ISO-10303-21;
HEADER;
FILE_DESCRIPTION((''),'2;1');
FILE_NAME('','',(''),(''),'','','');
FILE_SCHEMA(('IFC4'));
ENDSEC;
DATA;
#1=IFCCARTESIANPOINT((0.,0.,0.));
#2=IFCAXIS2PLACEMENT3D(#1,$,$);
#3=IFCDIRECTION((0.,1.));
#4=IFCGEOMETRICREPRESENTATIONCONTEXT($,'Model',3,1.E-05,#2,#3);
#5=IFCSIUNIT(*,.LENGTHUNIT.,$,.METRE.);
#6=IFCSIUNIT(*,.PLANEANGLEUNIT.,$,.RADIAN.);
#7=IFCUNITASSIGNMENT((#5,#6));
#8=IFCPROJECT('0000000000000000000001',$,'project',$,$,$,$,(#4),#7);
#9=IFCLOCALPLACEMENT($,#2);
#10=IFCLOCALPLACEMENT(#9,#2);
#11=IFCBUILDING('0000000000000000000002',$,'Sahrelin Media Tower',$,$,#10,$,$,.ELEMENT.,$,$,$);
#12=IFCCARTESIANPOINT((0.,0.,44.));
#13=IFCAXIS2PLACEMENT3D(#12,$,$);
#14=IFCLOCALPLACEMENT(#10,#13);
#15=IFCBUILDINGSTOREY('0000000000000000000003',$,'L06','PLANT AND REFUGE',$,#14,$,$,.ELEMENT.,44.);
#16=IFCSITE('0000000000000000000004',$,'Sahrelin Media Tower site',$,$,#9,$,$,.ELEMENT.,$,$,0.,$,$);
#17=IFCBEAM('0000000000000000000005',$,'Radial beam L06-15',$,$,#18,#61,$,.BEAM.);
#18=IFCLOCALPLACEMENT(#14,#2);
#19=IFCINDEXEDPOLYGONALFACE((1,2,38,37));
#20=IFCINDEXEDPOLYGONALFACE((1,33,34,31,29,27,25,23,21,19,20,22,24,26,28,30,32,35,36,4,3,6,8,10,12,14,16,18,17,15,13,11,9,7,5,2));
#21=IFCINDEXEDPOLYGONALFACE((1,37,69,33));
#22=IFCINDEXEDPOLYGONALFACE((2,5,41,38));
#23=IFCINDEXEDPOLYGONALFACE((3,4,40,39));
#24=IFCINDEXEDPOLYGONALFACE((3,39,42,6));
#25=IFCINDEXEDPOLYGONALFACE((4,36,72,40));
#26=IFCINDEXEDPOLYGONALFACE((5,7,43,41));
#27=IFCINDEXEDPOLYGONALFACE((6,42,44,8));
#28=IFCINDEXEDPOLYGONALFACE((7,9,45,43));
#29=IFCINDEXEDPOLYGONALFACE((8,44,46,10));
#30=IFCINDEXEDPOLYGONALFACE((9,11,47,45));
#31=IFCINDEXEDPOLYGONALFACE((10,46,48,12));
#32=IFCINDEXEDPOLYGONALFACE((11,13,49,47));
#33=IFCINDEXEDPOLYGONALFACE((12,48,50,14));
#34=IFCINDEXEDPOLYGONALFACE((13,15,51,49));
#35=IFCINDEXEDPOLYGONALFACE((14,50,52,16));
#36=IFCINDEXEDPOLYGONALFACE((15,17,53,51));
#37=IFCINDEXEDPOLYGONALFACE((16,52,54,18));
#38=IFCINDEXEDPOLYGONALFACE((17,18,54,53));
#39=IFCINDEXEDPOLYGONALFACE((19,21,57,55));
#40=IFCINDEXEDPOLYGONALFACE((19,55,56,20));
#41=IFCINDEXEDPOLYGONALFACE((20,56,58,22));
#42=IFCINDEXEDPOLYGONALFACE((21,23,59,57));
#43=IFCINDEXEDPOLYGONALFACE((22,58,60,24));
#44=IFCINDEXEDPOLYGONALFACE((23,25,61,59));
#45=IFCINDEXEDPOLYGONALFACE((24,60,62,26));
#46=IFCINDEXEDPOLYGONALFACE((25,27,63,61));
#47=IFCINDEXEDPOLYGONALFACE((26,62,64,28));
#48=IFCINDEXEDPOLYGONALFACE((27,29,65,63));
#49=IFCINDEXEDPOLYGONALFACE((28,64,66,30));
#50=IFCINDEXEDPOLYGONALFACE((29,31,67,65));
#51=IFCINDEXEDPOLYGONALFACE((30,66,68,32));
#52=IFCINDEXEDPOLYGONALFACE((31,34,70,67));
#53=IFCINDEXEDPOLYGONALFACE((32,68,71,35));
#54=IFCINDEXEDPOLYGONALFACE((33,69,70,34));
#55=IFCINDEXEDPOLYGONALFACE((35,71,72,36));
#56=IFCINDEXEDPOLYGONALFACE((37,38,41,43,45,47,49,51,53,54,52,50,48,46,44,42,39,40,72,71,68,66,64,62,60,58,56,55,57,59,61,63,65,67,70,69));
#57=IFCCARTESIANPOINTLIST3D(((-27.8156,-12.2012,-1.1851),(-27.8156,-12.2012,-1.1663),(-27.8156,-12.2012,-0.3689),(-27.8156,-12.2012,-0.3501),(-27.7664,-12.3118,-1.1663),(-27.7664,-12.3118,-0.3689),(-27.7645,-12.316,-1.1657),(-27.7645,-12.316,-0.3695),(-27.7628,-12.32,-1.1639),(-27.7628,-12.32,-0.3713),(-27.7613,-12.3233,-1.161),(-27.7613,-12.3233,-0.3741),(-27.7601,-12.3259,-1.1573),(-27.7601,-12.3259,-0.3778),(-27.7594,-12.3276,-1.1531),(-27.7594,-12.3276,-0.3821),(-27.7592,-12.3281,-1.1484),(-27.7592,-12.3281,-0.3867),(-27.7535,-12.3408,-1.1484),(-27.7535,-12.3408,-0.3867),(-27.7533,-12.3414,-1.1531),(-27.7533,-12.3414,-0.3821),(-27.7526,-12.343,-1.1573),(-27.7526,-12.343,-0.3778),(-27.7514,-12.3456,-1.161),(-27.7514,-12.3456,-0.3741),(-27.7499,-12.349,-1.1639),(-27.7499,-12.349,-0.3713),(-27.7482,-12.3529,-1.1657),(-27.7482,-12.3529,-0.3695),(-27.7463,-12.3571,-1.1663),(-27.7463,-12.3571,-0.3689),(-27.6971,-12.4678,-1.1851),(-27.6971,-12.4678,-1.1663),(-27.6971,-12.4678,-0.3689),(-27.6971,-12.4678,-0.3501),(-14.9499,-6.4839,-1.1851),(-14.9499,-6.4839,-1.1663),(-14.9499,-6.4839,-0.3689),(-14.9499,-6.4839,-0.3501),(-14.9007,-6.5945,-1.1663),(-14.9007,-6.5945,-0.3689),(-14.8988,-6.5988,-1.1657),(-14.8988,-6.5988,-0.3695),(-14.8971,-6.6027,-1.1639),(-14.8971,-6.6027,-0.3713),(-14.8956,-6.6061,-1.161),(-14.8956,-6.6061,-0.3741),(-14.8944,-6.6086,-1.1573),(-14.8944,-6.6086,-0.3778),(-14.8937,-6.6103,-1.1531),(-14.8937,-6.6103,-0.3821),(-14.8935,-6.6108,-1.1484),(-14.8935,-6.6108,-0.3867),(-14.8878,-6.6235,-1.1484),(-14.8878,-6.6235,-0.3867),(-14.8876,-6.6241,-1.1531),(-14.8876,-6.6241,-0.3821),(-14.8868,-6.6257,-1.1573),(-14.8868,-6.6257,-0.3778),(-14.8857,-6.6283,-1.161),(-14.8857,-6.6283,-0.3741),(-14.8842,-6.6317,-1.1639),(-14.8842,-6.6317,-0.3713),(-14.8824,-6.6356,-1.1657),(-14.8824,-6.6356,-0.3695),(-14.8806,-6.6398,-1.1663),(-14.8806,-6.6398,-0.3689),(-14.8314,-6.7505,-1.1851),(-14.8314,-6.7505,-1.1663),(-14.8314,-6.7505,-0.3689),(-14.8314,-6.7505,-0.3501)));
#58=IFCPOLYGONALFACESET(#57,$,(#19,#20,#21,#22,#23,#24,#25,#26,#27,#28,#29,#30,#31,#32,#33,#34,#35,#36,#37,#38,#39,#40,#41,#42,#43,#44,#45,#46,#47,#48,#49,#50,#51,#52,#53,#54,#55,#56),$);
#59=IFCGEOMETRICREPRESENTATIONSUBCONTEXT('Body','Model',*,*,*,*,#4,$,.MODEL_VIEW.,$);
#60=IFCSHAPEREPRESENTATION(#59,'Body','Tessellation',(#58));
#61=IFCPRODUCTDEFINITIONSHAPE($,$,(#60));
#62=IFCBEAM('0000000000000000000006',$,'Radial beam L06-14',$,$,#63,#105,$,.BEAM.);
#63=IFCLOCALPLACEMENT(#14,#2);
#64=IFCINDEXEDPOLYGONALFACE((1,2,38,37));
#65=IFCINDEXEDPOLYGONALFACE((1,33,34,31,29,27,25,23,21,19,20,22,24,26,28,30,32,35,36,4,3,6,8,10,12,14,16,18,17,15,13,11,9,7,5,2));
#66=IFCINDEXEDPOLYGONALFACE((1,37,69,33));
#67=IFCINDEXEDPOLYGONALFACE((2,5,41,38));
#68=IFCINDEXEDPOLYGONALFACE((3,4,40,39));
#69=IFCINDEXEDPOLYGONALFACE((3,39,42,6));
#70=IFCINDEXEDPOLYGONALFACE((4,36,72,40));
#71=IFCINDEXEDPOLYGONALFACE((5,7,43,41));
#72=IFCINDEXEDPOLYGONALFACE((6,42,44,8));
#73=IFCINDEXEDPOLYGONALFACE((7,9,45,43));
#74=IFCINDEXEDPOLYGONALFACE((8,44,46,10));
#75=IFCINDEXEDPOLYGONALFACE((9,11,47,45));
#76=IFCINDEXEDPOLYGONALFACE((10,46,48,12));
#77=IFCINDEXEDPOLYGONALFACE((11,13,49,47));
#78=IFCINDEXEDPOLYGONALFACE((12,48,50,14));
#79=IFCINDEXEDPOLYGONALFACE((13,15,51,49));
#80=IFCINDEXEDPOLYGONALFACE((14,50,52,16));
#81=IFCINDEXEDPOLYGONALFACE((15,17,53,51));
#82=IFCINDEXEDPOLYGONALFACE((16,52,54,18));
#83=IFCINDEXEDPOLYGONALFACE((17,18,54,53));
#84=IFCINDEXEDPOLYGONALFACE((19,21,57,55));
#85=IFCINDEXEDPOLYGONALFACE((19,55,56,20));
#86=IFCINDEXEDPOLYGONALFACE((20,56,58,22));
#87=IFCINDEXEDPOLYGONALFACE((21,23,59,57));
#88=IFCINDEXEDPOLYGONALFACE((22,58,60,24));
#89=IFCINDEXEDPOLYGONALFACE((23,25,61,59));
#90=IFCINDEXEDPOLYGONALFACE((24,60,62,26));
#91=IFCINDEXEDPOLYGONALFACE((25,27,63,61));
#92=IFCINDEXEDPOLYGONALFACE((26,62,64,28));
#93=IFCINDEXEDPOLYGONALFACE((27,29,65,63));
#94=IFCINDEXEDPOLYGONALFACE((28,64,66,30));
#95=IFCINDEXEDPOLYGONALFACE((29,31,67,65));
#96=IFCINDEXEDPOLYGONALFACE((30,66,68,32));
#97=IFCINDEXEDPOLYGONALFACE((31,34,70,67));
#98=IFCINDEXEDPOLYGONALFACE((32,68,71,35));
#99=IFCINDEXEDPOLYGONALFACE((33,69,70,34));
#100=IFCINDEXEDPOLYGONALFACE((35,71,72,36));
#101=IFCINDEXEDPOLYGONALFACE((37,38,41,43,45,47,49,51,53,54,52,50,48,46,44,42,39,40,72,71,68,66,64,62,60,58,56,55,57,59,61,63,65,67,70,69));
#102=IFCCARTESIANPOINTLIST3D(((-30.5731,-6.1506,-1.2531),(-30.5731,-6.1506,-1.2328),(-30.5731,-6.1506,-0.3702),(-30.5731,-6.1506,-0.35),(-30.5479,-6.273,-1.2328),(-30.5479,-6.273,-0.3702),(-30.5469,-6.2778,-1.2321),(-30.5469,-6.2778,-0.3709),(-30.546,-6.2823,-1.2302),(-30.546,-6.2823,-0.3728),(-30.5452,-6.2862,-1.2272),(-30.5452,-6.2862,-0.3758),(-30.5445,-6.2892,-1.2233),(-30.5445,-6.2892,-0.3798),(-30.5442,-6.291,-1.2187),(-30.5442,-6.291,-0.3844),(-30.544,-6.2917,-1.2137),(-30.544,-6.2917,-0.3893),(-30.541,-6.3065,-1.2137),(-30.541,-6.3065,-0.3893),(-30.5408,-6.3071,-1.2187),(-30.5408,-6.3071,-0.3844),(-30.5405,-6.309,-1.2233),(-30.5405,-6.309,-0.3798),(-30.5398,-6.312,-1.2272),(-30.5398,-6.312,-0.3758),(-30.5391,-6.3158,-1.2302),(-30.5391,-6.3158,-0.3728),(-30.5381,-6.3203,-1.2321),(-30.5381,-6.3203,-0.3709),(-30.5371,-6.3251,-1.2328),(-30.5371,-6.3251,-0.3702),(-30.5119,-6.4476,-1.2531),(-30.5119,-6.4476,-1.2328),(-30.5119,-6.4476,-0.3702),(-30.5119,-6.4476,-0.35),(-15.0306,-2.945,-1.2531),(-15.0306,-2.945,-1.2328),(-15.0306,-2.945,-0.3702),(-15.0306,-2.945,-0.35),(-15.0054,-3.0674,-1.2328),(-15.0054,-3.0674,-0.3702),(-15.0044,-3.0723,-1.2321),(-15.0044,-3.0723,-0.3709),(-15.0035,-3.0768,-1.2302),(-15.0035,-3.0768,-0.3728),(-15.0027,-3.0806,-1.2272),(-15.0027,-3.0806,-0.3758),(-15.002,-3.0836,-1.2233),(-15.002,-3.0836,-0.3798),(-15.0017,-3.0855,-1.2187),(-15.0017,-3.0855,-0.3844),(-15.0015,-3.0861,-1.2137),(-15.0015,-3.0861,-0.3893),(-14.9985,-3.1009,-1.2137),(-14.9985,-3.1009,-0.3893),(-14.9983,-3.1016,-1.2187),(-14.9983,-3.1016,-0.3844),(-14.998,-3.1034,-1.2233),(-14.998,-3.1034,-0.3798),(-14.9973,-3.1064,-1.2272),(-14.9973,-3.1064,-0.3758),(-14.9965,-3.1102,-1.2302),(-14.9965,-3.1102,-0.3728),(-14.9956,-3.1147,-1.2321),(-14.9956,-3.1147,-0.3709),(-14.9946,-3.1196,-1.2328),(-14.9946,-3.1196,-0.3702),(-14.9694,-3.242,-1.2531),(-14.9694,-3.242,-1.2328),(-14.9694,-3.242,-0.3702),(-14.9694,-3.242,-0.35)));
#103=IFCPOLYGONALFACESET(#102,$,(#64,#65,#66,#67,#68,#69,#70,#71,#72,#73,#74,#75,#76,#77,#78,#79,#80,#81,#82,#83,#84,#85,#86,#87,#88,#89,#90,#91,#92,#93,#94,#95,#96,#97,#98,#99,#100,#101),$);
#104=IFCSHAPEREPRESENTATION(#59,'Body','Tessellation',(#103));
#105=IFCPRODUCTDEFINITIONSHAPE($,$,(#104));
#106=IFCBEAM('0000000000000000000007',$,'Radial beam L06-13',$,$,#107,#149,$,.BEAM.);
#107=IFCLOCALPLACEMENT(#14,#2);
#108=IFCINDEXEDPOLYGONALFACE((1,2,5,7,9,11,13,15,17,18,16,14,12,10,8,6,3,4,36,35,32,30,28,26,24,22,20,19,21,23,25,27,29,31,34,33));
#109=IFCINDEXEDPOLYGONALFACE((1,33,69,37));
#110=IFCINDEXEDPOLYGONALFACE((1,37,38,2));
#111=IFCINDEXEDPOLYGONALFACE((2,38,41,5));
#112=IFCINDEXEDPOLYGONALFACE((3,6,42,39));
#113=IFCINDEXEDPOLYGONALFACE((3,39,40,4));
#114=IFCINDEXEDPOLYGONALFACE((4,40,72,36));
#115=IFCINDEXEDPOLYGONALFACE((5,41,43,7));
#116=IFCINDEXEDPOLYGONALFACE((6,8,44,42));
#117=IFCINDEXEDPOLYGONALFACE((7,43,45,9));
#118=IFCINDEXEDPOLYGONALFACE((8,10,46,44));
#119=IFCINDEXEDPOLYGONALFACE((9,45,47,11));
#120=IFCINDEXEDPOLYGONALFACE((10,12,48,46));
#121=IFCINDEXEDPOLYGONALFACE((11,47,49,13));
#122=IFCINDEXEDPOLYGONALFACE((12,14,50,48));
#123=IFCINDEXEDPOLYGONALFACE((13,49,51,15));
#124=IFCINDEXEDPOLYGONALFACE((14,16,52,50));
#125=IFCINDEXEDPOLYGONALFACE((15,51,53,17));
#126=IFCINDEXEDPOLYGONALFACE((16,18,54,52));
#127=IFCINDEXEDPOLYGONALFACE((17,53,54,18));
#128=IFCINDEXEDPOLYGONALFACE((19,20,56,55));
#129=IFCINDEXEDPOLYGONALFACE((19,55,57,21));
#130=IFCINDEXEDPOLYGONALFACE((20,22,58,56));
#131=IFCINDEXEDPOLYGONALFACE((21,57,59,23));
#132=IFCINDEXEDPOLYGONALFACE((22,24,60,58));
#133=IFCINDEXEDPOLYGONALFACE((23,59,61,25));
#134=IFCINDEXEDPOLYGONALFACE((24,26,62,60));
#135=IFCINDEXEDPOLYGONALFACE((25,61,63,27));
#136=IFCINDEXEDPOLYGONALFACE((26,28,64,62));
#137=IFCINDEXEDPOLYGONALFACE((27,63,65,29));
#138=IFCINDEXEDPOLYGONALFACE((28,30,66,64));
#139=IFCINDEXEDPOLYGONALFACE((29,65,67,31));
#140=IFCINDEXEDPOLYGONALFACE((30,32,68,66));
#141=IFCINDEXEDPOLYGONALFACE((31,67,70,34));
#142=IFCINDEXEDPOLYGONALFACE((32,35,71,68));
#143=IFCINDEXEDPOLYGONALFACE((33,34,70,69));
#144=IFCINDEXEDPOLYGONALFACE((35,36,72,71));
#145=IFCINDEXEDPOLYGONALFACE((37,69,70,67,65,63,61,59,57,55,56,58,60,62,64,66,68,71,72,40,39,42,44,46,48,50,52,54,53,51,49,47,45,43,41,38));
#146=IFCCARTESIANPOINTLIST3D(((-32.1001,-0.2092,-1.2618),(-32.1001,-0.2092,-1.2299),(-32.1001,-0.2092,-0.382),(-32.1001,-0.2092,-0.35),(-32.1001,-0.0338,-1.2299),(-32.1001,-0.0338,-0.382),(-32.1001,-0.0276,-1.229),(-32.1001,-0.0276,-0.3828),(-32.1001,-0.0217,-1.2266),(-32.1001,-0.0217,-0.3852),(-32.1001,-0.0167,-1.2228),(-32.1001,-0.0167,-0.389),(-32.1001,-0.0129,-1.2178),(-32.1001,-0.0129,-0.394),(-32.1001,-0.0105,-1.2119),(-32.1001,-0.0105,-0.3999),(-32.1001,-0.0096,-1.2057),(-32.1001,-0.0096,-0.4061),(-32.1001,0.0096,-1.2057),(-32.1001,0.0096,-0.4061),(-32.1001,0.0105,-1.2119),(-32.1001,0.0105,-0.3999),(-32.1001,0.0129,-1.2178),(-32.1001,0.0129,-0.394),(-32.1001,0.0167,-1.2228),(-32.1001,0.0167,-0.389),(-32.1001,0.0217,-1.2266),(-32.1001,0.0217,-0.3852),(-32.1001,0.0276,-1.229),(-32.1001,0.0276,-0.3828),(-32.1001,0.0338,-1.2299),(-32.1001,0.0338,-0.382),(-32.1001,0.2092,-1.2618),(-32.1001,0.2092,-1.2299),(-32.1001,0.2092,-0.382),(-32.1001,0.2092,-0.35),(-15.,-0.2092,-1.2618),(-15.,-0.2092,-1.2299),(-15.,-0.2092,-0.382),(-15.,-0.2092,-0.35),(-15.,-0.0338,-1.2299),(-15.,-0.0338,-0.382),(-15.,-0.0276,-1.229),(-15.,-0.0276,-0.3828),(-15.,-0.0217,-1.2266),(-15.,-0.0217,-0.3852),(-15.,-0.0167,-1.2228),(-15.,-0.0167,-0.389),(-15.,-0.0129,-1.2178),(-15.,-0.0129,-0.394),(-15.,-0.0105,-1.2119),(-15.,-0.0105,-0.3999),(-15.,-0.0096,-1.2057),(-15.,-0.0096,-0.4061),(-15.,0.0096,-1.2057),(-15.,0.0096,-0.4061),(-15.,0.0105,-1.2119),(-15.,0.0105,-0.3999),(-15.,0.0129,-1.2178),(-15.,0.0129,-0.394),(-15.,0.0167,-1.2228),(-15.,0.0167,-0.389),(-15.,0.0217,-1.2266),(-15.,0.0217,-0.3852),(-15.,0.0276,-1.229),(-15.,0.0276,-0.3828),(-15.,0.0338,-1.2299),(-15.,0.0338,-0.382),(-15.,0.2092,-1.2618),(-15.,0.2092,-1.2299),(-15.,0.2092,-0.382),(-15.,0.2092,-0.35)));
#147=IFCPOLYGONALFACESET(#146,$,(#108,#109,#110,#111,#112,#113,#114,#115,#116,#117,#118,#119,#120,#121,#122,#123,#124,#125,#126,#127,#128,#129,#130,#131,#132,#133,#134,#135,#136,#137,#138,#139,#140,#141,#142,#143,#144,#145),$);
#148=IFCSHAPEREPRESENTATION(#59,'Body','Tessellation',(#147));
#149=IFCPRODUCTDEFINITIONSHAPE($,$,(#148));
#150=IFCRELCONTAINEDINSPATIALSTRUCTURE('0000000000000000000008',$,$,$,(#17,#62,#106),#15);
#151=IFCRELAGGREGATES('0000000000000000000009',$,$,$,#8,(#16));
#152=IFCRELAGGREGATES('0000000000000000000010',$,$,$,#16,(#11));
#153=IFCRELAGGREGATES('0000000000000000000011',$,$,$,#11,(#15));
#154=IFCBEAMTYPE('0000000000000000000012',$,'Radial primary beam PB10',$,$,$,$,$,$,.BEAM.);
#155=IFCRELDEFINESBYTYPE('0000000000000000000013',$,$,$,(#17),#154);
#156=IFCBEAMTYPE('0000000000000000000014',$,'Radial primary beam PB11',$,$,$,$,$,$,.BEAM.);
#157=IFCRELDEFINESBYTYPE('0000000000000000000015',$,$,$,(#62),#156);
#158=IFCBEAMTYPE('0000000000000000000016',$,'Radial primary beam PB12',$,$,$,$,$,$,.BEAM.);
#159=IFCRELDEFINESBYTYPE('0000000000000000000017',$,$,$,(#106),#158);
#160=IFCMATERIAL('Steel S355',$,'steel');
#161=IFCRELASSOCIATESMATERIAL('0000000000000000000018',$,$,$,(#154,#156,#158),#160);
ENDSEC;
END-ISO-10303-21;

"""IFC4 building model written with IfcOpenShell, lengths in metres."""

from ifc_helpers import new_model, si_unit, direction, frame, origin, origin_2d, place, context, subcontext, project, spatial, i_section, extrude, material, material_profile, profile_set, type_object, element, save


model = new_model("IFC4")

# Units and contexts
model_context = context("Model", 3, precision=1e-05, world=origin(), true_north=direction((0.0, 1.0)))
body_context = subcontext(model_context, "Body", "Model", "MODEL_VIEW")
ifc_project = project(units=[si_unit("LENGTHUNIT", "METRE"), si_unit("PLANEANGLEUNIT", "RADIAN")], contexts=[model_context])

# Site, building, storey
site_placement = place(None, origin())
site = spatial("IfcSite", under=ifc_project, at=site_placement, Name="Sahrelin Media Tower site", CompositionType="ELEMENT", RefElevation=0.0)
building_placement = place(site_placement, origin())
building = spatial("IfcBuilding", under=site, at=building_placement, Name="Sahrelin Media Tower", CompositionType="ELEMENT")
storey_placement = place(building_placement, frame((0.0, 0.0, 44.0)))
storey = spatial("IfcBuildingStorey", under=building, at=storey_placement, Name="L06", Description="PLANT AND REFUGE", CompositionType="ELEMENT", Elevation=44.0)

# Beams
ifc_material_1 = material(Name="Steel S355", Category="steel")
ifc_material_profile_1 = material_profile(ifc_material_1, i_section(OverallWidth=0.2917, OverallDepth=0.835, WebThickness=0.0139, FlangeThickness=0.0188, FilletRadius=0.0178, at=origin_2d()), Name="UB 838x292x176")
ifc_profile_set_1 = profile_set([ifc_material_profile_1], Name="Steel S355")
beam_type_1 = type_object("IfcBeamType", Name="Radial primary beam PB10", PredefinedType="BEAM", material=ifc_profile_set_1)
beam_1_placement = place(storey_placement, frame((-14.8906, -6.6172, -0.7676), z_axis=(-0.913833, -0.40609, 0.0), x_axis=(0.40609, -0.913833, 0.0)))
element("IfcBeam", 1, at=beam_1_placement, inside=storey, type_object=beam_type_1, Name="Radial beam L06-15", PredefinedType="BEAM", context=body_context, shape_type="SweptSolid", body=[
    extrude(i_section(OverallWidth=0.2917, OverallDepth=0.835, WebThickness=0.0139, FlangeThickness=0.0188, FilletRadius=0.0178, at=origin_2d()), origin(), (0.0, 0.0, 1.0), 14.0789),
])
ifc_material_profile_2 = material_profile(ifc_material_1, i_section(OverallWidth=0.3032, OverallDepth=0.9031, WebThickness=0.0151, FlangeThickness=0.0203, FilletRadius=0.019, at=origin_2d()), Name="UB 914x305x201")
ifc_profile_set_2 = profile_set([ifc_material_profile_2], Name="Steel S355")
beam_type_2 = type_object("IfcBeamType", Name="Radial primary beam PB11", PredefinedType="BEAM", material=ifc_profile_set_2)
beam_2_placement = place(storey_placement, frame((-15.0, -3.0935, -0.8015), z_axis=(-0.979387, -0.201994, 0.0), x_axis=(0.201994, -0.979387, 0.0)))
element("IfcBeam", 2, at=beam_2_placement, inside=storey, type_object=beam_type_2, Name="Radial beam L06-14", PredefinedType="BEAM", context=body_context, shape_type="SweptSolid", body=[
    extrude(i_section(OverallWidth=0.3032, OverallDepth=0.9031, WebThickness=0.0151, FlangeThickness=0.0203, FilletRadius=0.019, at=origin_2d()), origin(), (0.0, 0.0, 1.0), 15.8696),
])
ifc_material_profile_3 = material_profile(ifc_material_1, i_section(OverallWidth=0.4185, OverallDepth=0.9119, WebThickness=0.0193, FlangeThickness=0.032, FilletRadius=0.0242, at=origin_2d()), Name="UB 914x419x343")
ifc_profile_set_3 = profile_set([ifc_material_profile_3], Name="Steel S355")
beam_type_3 = type_object("IfcBeamType", Name="Radial primary beam PB12", PredefinedType="BEAM", material=ifc_profile_set_3)
beam_3_placement = place(storey_placement, frame((-15.0, 0.0, -0.8059), z_axis=(-1.0, 0.0, 0.0), x_axis=(0.0, -1.0, 0.0)))
element("IfcBeam", 3, at=beam_3_placement, inside=storey, type_object=beam_type_3, Name="Radial beam L06-13", PredefinedType="BEAM", context=body_context, shape_type="SweptSolid", body=[
    extrude(i_section(OverallWidth=0.4185, OverallDepth=0.9119, WebThickness=0.0193, FlangeThickness=0.032, FilletRadius=0.0242, at=origin_2d()), origin(), (0.0, 0.0, 1.0), 17.1001),
])

save(model, "model.ifc")
